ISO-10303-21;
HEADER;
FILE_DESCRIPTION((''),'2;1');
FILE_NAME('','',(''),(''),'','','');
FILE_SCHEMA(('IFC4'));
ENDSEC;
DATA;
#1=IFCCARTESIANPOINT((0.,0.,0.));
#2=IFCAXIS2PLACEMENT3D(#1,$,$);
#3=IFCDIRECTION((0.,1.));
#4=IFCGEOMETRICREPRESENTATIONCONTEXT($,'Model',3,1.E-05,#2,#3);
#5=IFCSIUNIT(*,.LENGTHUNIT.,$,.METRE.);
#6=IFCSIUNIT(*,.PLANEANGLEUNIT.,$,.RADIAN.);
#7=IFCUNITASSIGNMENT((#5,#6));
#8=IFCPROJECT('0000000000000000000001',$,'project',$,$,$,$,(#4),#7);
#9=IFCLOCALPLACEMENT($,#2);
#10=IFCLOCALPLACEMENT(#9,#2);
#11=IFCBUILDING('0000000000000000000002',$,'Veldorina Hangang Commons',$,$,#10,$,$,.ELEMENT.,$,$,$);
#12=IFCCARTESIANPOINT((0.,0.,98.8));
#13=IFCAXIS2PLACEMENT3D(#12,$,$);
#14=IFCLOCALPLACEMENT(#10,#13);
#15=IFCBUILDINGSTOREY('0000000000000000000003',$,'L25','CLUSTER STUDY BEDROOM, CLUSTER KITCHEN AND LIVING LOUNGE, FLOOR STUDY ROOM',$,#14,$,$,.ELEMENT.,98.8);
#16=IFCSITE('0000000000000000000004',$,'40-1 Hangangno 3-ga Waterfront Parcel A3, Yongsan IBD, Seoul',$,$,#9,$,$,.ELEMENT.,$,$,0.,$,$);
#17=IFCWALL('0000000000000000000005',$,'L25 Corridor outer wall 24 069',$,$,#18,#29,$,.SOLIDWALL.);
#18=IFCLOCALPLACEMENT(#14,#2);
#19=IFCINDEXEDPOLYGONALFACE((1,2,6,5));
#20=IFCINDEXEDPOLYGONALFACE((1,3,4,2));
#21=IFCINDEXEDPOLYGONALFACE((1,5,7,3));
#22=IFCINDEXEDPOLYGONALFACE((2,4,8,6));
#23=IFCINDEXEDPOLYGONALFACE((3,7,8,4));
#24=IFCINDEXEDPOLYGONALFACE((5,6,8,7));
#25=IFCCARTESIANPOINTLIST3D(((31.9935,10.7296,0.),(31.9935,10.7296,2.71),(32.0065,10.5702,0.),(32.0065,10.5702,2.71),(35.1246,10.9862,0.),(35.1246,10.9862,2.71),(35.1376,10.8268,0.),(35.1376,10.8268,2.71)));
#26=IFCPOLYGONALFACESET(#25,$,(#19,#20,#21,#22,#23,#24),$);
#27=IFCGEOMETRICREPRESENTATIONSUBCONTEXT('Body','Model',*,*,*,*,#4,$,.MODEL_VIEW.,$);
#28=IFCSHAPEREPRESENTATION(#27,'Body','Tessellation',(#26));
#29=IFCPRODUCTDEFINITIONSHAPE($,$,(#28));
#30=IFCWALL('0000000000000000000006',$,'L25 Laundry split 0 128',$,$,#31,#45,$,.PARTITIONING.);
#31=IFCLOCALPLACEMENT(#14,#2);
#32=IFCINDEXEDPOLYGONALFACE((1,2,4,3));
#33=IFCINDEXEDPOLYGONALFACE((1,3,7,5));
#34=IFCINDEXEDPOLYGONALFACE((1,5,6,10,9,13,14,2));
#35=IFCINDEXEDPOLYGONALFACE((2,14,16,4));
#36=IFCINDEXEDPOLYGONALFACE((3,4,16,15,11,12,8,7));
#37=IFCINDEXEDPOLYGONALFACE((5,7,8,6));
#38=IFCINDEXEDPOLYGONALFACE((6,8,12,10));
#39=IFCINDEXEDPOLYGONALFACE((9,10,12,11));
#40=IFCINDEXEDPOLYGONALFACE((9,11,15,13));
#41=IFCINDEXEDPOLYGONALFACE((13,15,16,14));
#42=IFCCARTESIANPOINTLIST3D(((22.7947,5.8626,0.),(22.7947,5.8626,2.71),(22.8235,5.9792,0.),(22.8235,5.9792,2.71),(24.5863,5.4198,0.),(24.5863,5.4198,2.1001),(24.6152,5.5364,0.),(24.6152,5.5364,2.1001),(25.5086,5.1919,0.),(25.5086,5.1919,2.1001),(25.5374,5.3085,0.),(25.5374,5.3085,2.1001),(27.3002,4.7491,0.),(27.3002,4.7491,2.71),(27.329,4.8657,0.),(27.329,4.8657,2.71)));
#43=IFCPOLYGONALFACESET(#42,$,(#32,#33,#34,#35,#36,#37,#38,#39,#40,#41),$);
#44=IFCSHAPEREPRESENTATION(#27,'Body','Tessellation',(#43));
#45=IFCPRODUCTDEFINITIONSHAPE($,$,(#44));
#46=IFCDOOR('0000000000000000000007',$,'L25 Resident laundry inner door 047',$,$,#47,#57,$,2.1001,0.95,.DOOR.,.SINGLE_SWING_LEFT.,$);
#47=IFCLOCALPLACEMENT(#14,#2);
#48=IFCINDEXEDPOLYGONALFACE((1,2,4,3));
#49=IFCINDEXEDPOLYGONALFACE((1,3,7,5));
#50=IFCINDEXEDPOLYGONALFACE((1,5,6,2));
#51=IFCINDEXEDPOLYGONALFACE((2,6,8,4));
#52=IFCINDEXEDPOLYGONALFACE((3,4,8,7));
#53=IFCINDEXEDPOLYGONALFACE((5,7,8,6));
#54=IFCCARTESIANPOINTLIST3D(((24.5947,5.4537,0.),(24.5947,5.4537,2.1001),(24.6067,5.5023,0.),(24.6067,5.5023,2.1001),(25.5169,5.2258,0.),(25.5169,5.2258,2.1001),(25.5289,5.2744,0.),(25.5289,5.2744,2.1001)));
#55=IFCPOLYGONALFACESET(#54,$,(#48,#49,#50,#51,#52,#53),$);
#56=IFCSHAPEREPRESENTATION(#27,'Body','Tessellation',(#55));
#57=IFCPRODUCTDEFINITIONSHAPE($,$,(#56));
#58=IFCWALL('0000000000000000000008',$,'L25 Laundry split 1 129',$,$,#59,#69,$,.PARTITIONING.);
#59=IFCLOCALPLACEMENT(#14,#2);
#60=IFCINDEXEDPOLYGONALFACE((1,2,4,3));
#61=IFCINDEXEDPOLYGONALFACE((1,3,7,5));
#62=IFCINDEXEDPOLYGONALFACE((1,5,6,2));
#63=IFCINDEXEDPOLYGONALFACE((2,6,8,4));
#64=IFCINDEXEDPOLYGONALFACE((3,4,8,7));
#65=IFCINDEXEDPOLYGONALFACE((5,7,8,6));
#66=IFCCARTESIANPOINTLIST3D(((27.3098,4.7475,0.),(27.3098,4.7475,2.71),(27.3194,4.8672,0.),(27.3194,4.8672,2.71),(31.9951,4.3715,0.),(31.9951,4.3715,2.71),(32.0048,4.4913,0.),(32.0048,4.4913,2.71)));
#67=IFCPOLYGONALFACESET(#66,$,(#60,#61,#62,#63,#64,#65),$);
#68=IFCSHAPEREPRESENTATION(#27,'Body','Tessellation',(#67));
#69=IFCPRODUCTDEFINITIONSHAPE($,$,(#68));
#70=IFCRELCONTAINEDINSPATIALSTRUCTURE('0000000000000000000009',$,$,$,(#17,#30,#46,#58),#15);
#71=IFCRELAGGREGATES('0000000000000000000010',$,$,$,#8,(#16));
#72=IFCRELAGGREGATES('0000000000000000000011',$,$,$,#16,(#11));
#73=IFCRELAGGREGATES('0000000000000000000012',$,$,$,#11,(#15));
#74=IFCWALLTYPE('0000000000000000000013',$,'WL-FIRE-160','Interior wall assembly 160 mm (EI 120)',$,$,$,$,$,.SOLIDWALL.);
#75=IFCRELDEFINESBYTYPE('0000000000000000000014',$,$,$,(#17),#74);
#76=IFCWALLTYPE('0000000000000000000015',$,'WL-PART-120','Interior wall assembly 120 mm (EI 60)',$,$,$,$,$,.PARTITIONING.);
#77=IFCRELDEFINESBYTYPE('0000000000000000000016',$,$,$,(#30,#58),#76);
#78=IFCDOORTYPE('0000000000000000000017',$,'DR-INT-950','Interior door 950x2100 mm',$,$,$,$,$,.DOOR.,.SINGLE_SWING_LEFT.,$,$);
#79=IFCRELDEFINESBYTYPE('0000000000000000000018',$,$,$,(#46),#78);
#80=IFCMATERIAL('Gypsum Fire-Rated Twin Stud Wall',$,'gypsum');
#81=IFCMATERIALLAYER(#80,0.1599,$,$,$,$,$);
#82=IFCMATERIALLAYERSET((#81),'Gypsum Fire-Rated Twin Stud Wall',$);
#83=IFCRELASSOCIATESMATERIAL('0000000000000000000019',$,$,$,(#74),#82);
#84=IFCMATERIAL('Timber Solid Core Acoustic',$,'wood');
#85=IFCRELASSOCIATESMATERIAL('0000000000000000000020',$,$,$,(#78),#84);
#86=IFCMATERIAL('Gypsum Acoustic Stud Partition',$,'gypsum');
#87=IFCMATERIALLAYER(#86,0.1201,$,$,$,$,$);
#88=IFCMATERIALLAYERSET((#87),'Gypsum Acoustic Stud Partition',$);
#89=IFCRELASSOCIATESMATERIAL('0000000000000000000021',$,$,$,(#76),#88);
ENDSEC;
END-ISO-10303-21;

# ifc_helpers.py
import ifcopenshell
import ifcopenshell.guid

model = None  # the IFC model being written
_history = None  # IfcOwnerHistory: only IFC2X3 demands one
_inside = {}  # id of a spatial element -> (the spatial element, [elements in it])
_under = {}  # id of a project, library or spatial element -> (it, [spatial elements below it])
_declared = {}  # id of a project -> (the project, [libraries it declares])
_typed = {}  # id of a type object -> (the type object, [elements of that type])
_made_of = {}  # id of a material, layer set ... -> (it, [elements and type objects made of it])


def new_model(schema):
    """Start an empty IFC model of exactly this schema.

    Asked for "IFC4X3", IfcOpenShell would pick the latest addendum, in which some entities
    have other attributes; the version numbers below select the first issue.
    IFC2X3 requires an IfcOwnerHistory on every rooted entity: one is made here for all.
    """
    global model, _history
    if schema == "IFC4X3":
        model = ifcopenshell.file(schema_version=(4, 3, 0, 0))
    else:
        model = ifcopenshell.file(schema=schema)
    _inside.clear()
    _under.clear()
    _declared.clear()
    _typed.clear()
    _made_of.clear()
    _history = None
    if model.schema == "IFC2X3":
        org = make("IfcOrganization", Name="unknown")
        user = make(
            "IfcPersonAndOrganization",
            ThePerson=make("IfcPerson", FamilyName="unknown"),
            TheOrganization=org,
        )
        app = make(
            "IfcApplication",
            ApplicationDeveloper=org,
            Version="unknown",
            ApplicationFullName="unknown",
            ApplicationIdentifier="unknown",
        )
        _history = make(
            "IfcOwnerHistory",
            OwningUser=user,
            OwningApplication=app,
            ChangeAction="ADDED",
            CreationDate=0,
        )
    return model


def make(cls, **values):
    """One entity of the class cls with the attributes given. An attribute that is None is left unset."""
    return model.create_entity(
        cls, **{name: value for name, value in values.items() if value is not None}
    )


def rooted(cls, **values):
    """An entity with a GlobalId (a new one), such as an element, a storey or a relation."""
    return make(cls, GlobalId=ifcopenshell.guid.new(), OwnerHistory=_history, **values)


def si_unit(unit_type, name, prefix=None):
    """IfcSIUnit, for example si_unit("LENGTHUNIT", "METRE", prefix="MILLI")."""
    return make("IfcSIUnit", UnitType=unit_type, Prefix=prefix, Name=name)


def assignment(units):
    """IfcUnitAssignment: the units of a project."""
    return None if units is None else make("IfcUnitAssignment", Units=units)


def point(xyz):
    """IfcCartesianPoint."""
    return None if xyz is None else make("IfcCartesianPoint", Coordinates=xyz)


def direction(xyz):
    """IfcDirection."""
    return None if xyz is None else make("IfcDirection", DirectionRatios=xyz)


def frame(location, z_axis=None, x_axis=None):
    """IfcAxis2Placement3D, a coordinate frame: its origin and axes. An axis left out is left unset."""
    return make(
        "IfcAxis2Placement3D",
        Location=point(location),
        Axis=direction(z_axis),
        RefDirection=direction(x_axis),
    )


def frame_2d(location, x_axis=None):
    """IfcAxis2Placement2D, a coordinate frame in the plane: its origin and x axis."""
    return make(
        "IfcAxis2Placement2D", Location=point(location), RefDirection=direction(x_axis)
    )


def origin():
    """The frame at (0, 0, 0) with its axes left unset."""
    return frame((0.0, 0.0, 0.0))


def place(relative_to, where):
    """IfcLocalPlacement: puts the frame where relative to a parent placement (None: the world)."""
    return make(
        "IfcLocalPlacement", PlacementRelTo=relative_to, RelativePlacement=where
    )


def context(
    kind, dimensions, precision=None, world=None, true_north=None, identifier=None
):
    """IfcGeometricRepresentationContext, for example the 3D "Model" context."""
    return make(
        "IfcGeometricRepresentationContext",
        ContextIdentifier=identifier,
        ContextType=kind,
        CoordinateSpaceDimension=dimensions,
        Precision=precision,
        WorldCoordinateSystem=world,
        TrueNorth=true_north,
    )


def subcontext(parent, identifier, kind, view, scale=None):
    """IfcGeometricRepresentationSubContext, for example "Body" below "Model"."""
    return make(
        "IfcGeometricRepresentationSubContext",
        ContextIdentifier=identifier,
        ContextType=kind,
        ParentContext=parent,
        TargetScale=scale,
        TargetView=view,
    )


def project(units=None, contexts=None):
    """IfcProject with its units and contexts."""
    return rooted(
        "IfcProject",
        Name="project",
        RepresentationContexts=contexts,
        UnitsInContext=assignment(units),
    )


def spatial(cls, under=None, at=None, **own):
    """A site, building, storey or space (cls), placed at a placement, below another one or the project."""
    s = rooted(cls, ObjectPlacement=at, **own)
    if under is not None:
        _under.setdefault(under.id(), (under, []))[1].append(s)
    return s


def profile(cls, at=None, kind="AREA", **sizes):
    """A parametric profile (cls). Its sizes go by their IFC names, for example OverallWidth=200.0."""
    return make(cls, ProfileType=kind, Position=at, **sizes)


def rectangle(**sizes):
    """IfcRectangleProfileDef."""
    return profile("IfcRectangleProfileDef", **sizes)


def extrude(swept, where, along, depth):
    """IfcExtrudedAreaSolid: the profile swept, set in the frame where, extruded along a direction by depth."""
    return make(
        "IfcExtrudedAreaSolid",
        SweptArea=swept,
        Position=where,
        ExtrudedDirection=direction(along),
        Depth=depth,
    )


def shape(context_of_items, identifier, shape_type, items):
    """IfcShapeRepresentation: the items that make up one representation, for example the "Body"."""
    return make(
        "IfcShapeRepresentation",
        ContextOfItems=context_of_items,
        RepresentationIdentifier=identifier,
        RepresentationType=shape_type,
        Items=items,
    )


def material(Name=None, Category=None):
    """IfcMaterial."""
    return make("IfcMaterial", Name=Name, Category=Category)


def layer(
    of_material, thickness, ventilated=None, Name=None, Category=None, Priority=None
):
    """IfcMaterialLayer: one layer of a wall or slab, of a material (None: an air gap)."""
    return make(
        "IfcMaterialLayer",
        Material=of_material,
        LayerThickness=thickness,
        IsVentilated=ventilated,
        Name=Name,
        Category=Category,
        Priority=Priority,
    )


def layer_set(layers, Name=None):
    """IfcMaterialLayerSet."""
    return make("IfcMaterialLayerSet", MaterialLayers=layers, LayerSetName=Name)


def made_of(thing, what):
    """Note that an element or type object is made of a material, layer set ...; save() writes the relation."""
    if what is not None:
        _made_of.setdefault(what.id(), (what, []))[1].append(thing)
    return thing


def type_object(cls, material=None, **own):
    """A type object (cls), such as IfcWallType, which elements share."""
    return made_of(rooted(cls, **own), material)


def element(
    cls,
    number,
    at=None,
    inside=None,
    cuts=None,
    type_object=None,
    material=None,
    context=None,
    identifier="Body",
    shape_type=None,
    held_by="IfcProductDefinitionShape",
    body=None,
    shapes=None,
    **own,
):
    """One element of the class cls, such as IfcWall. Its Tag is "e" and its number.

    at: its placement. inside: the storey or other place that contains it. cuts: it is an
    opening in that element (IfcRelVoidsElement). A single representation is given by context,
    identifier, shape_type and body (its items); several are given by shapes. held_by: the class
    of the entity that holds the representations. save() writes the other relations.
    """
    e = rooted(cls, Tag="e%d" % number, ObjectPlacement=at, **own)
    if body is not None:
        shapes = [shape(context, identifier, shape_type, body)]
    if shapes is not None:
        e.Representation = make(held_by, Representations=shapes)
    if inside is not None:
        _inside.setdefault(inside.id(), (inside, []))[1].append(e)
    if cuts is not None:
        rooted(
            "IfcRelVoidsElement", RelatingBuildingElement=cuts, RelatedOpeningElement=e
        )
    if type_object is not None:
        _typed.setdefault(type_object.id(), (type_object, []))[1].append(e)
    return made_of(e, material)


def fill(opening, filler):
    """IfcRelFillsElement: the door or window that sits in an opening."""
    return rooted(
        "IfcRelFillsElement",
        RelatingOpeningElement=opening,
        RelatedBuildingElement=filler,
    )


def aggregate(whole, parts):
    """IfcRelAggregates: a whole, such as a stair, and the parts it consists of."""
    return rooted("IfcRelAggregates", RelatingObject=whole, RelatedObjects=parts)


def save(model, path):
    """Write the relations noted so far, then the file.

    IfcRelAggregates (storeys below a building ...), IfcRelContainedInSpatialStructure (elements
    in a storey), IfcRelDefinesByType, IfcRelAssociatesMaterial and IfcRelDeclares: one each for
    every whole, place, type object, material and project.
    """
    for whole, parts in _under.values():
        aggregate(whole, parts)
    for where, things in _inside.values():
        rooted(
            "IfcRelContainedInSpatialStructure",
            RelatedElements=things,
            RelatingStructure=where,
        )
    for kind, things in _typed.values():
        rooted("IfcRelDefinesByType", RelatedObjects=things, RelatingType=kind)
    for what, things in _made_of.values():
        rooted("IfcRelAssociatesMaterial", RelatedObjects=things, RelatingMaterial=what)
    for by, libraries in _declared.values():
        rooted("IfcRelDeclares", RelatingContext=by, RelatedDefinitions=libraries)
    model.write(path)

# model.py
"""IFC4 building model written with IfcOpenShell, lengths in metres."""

from ifc_helpers import new_model, si_unit, direction, frame, frame_2d, origin, place, context, subcontext, project, spatial, rectangle, extrude, material, layer, layer_set, type_object, element, fill, save


model = new_model("IFC4")

# Units and contexts
model_context = context("Model", 3, precision=1e-05, world=origin(), true_north=direction((0.0, 1.0)))
body_context = subcontext(model_context, "Body", "Model", "MODEL_VIEW")
ifc_project = project(units=[si_unit("LENGTHUNIT", "METRE"), si_unit("PLANEANGLEUNIT", "RADIAN")], contexts=[model_context])

# Site, building, storey
site_placement = place(None, origin())
site = spatial("IfcSite", under=ifc_project, at=site_placement, Name="40-1 Hangangno 3-ga Waterfront Parcel A3, Yongsan IBD, Seoul", CompositionType="ELEMENT", RefElevation=0.0)
building_placement = place(site_placement, origin())
building = spatial("IfcBuilding", under=site, at=building_placement, Name="Veldorina Hangang Commons", CompositionType="ELEMENT")
storey_placement = place(building_placement, frame((0.0, 0.0, 98.8)))
storey = spatial("IfcBuildingStorey", under=building, at=storey_placement, Name="L25", Description="CLUSTER STUDY BEDROOM, CLUSTER KITCHEN AND LIVING LOUNGE, FLOOR STUDY ROOM", CompositionType="ELEMENT", Elevation=98.8)

# Shared definitions
ifc_material_1 = material(Name="Gypsum Fire-Rated Twin Stud Wall", Category="gypsum")
ifc_layer_1 = layer(ifc_material_1, 0.1599)
ifc_layer_set_1 = layer_set([ifc_layer_1], Name="Gypsum Fire-Rated Twin Stud Wall")
wall_type_1 = type_object("IfcWallType", Name="WL-FIRE-160", Description="Interior wall assembly 160 mm (EI 120)", PredefinedType="SOLIDWALL", material=ifc_layer_set_1)

# Shared definitions
ifc_material_2 = material(Name="Timber Solid Core Acoustic", Category="wood")
door_type = type_object("IfcDoorType", Name="DR-INT-950", Description="Interior door 950x2100 mm", OperationType="SINGLE_SWING_LEFT", PredefinedType="DOOR", material=ifc_material_2)

# Wall
wall_1_placement = place(storey_placement, frame((32.0, 10.6499, 0.0), z_axis=(0.0, 0.0, 1.0), x_axis=(0.996659, 0.081676, 0.0)))
element("IfcWall", 1, at=wall_1_placement, inside=storey, type_object=wall_type_1, Name="L25 Corridor outer wall 24 069", PredefinedType="SOLIDWALL", context=body_context, shape_type="SweptSolid", body=[
    extrude(rectangle(XDim=3.1416, YDim=0.1599, at=frame_2d((1.5708, 0.0))), origin(), (0.0, 0.0, 1.0), 2.71),
])

# Wall, opening, door
ifc_material_3 = material(Name="Gypsum Acoustic Stud Partition", Category="gypsum")
ifc_layer_2 = layer(ifc_material_3, 0.1201)
ifc_layer_set_2 = layer_set([ifc_layer_2], Name="Gypsum Acoustic Stud Partition")
wall_type_2 = type_object("IfcWallType", Name="WL-PART-120", Description="Interior wall assembly 120 mm (EI 60)", PredefinedType="PARTITIONING", material=ifc_layer_set_2)
wall_2_placement = place(storey_placement, frame((22.8091, 5.9209, 0.0), z_axis=(0.0, 0.0, 1.0), x_axis=(0.970792, -0.239923, 0.0)))
wall_2 = element("IfcWall", 2, at=wall_2_placement, inside=storey, type_object=wall_type_2, Name="L25 Laundry split 0 128", PredefinedType="PARTITIONING", context=body_context, shape_type="SweptSolid", body=[
    extrude(rectangle(XDim=4.6411, YDim=0.1201, at=frame_2d((2.3206, 0.0))), origin(), (0.0, 0.0, 1.0), 2.71),
])
opening_1_placement = place(wall_2_placement, frame((1.8455, 0.0, 0.0)))
opening_1 = element("IfcOpeningElement", 3, at=opening_1_placement, cuts=wall_2, PredefinedType="OPENING", context=body_context, shape_type="SweptSolid", body=[
    extrude(rectangle(XDim=0.95, YDim=2.1001, at=frame_2d((0.4751, 1.05))), frame((0.0, 0.0701, 0.0), z_axis=(0.0, -1.0, 0.0), x_axis=(1.0, 0.0, 0.0)), (0.0, 0.0, 1.0), 0.1401),
])
door_1_placement = place(opening_1_placement, origin())
door_1 = element("IfcDoor", 4, at=door_1_placement, inside=storey, type_object=door_type, Name="L25 Resident laundry inner door 047", OperationType="SINGLE_SWING_LEFT", OverallHeight=2.1001, OverallWidth=0.95, PredefinedType="DOOR", context=body_context, shape_type="SweptSolid", body=[
    extrude(rectangle(XDim=0.95, YDim=2.1001, at=frame_2d((0.4751, 1.05))), frame((0.0, 0.0249, 0.0), z_axis=(0.0, -1.0, 0.0), x_axis=(1.0, 0.0, 0.0)), (0.0, 0.0, 1.0), 0.05),
])
fill(opening_1, door_1)

# Wall
wall_3_placement = place(storey_placement, frame((27.3147, 4.8074, 0.0), z_axis=(0.0, 0.0, 1.0), x_axis=(0.996796, -0.079989, 0.0)))
element("IfcWall", 5, at=wall_3_placement, inside=storey, type_object=wall_type_2, Name="L25 Laundry split 1 129", PredefinedType="PARTITIONING", context=body_context, shape_type="SweptSolid", body=[
    extrude(rectangle(XDim=4.7004, YDim=0.1201, at=frame_2d((2.3501, 0.0))), origin(), (0.0, 0.0, 1.0), 2.71),
])

save(model, "model.ifc")
